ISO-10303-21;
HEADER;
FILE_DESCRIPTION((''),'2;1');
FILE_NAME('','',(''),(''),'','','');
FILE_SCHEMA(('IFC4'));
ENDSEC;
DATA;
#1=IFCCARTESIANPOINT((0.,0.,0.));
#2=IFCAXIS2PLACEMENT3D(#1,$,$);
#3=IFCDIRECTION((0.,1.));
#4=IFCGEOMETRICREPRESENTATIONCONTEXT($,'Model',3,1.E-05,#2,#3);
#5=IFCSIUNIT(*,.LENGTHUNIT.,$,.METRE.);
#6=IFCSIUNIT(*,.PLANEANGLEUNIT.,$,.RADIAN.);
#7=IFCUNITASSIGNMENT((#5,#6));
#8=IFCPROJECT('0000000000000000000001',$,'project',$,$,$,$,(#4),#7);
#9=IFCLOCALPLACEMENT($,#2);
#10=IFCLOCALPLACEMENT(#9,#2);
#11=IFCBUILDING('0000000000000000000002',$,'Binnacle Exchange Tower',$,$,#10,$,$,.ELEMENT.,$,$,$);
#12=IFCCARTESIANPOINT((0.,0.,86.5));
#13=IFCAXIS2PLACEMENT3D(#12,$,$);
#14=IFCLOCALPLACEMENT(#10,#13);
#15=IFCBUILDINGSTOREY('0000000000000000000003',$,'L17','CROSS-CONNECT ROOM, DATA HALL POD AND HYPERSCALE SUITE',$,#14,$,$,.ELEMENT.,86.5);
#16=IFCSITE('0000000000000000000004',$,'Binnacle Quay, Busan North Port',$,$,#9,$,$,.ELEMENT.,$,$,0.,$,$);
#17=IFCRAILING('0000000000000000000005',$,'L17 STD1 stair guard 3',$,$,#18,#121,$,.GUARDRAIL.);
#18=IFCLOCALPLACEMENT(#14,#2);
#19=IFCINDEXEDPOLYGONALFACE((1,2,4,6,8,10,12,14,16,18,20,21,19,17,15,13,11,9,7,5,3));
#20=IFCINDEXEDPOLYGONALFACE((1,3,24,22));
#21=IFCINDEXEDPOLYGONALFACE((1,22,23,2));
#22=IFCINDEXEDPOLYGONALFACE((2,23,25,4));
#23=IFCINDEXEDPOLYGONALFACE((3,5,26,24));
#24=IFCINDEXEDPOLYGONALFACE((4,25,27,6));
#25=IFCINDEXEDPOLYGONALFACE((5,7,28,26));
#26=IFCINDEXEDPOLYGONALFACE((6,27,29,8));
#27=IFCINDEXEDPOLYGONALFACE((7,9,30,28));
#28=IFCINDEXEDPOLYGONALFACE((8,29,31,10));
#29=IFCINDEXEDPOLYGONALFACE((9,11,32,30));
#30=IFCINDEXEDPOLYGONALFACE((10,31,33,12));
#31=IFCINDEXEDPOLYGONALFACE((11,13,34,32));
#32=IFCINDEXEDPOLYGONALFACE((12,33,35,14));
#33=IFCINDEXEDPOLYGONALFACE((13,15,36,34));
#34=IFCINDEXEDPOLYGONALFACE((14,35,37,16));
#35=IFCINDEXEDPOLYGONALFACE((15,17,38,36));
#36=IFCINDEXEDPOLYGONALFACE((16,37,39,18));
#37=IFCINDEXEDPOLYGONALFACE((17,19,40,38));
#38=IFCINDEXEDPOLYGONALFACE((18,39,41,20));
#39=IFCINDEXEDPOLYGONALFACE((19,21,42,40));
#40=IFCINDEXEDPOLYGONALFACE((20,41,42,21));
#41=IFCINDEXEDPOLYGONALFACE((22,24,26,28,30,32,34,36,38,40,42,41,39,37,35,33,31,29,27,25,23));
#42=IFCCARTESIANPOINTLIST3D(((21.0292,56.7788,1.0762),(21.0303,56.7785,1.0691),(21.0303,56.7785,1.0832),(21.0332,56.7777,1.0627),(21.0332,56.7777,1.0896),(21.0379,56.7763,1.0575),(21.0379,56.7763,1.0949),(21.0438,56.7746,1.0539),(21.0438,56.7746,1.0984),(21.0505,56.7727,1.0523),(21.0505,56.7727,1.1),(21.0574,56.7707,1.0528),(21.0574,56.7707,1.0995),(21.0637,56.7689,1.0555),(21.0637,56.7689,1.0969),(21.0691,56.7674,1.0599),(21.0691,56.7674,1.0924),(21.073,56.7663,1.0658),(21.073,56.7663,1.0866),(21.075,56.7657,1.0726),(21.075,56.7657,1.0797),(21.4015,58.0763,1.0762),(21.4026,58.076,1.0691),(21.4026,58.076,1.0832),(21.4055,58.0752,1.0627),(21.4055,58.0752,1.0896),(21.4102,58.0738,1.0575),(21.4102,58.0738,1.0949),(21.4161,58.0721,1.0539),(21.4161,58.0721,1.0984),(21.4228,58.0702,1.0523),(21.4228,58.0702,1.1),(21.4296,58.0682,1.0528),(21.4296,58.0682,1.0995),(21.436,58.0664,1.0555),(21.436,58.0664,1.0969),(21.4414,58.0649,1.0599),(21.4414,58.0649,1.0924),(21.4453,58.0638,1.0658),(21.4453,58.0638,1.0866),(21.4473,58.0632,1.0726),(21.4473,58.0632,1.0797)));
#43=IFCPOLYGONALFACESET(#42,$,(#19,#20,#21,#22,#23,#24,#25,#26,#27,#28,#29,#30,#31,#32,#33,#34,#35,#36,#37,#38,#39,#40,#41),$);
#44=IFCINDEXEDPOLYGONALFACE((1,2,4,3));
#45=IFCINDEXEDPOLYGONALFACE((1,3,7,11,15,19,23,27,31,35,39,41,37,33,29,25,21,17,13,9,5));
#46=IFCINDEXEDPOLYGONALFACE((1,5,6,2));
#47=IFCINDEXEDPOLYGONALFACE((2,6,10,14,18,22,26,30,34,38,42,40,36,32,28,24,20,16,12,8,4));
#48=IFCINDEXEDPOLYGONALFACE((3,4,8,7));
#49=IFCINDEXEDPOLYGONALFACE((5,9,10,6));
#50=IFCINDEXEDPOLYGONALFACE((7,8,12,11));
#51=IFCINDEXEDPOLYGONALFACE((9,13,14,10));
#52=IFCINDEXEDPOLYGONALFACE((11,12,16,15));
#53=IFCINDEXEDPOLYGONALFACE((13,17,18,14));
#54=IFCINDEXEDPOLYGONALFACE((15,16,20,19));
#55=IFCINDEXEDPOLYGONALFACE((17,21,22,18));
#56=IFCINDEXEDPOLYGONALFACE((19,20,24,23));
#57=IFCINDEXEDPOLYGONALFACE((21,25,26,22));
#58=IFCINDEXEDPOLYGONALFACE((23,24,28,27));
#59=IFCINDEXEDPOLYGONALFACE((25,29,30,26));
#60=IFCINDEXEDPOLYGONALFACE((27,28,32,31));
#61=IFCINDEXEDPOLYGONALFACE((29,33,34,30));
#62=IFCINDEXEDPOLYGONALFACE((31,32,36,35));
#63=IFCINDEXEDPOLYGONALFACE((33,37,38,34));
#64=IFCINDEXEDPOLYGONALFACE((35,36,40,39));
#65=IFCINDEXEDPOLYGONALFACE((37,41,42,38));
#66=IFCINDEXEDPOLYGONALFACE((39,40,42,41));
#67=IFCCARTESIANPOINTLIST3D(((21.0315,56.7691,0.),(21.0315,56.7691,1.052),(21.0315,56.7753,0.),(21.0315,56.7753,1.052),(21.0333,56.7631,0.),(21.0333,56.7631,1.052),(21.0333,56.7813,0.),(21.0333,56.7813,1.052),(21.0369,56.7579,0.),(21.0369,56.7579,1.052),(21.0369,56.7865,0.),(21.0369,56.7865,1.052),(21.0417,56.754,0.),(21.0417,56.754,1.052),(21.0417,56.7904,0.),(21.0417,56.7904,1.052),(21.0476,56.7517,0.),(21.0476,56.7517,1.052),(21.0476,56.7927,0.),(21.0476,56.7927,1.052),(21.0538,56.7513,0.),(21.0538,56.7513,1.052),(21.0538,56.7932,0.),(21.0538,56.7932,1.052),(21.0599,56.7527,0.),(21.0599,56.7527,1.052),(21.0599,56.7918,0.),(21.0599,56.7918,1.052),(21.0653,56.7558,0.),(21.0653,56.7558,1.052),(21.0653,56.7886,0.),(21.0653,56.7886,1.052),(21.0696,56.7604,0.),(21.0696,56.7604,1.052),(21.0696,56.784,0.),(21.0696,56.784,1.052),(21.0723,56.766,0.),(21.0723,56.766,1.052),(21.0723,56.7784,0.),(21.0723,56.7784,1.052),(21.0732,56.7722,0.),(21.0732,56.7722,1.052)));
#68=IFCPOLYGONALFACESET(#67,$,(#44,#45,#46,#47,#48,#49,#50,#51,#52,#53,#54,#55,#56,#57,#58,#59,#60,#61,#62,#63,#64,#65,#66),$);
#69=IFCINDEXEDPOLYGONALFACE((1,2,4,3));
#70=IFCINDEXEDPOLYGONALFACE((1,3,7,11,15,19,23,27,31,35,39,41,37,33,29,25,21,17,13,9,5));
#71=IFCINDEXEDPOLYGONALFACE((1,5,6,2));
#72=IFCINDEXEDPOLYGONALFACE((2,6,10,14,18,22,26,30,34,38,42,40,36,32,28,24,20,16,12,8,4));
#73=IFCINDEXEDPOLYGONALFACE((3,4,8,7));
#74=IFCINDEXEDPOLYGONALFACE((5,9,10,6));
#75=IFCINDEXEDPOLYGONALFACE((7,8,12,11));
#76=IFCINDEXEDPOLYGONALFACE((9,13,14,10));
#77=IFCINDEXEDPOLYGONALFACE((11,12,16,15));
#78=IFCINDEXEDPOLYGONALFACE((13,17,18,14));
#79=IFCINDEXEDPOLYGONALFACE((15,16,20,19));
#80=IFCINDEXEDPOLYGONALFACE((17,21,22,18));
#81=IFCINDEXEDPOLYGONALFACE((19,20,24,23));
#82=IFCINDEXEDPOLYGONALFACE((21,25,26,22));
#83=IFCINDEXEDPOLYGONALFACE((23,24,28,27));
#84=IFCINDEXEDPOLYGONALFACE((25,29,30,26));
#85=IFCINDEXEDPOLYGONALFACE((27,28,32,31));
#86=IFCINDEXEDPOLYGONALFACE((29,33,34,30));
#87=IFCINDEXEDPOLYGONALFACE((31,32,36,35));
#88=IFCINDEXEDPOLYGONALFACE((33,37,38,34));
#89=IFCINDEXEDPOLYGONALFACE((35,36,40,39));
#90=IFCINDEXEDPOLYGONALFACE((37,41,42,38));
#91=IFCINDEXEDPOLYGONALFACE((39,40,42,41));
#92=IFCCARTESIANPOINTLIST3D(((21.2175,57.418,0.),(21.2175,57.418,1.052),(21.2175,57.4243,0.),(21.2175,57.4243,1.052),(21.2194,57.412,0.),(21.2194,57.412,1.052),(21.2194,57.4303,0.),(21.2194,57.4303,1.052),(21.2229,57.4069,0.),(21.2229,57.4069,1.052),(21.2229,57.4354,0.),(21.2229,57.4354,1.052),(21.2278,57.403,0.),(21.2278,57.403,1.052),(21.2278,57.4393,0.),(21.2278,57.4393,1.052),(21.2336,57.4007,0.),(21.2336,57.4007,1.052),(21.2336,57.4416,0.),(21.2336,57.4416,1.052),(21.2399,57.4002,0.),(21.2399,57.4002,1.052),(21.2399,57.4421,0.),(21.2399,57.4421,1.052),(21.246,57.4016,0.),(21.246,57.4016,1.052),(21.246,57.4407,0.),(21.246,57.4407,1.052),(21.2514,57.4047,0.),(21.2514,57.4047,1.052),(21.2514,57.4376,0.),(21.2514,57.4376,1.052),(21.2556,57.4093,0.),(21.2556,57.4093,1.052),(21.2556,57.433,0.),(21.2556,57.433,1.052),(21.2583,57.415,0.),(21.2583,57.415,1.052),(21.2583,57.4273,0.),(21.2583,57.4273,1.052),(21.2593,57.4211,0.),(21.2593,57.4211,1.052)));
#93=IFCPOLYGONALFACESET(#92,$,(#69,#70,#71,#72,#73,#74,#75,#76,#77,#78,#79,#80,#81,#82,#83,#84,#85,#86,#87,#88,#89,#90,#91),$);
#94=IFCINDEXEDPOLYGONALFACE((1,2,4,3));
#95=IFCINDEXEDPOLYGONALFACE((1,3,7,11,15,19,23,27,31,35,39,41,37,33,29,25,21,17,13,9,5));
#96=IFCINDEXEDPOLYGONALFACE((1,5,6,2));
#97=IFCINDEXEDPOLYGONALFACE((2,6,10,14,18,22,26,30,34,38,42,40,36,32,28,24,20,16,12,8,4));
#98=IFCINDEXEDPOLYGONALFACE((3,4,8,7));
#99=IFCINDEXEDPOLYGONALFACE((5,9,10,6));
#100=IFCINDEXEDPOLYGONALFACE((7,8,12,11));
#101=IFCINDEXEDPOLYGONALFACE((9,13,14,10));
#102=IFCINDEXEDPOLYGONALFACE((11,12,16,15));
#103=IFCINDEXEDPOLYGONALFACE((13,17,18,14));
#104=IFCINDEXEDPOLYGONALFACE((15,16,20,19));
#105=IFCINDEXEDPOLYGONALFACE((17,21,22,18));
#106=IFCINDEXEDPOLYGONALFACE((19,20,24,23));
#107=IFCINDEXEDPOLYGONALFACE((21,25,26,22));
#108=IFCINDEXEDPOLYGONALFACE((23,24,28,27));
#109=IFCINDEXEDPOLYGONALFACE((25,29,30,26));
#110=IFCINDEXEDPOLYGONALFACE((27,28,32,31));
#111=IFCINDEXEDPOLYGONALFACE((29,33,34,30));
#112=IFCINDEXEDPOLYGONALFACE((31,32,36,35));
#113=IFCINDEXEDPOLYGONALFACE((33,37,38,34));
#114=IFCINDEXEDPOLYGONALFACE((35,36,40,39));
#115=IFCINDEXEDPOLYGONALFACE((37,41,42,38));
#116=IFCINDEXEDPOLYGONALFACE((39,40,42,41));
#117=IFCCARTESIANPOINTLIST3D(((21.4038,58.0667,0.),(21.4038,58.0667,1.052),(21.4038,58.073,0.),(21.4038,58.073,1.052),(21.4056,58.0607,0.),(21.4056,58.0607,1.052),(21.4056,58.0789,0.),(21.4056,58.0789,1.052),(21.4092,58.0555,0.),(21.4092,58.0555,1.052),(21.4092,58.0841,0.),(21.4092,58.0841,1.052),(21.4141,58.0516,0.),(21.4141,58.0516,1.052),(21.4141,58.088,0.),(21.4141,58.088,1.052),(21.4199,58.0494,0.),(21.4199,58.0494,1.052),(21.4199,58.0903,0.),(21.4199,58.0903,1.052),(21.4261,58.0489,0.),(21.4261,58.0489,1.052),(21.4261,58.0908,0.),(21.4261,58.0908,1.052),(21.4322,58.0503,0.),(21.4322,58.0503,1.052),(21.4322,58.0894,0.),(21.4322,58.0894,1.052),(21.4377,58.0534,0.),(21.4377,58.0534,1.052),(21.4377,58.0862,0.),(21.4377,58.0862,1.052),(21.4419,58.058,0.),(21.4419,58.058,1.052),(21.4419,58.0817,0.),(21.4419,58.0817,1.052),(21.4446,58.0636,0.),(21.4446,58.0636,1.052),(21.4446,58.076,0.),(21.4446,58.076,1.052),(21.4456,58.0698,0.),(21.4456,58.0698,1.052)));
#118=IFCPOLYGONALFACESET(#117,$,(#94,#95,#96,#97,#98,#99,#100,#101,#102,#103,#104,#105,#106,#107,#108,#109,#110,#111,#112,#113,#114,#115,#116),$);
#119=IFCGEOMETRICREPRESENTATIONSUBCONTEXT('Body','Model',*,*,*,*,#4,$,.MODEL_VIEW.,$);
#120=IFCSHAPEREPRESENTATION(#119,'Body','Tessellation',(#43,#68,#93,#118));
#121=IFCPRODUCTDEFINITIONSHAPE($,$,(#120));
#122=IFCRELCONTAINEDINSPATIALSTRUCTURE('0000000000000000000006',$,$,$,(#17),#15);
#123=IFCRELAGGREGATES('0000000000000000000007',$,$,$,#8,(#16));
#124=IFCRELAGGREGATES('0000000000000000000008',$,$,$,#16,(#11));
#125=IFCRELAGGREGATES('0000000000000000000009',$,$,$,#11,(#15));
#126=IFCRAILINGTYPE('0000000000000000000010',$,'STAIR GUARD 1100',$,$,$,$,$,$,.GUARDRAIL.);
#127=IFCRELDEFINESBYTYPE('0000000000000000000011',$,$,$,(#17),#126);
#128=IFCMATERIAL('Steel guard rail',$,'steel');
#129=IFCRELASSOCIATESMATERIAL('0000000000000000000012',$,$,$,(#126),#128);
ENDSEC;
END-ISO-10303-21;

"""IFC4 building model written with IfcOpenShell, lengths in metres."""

from ifc_helpers import new_model, si_unit, direction, frame, origin, origin_2d, place, context, subcontext, project, spatial, circle, extrude, material, type_object, element, save


model = new_model("IFC4")

# Units and contexts
model_context = context("Model", 3, precision=1e-05, world=origin(), true_north=direction((0.0, 1.0)))
body_context = subcontext(model_context, "Body", "Model", "MODEL_VIEW")
ifc_project = project(units=[si_unit("LENGTHUNIT", "METRE"), si_unit("PLANEANGLEUNIT", "RADIAN")], contexts=[model_context])

# Site, building, storey
site_placement = place(None, origin())
site = spatial("IfcSite", under=ifc_project, at=site_placement, Name="Binnacle Quay, Busan North Port", CompositionType="ELEMENT", RefElevation=0.0)
building_placement = place(site_placement, origin())
building = spatial("IfcBuilding", under=site, at=building_placement, Name="Binnacle Exchange Tower", CompositionType="ELEMENT")
storey_placement = place(building_placement, frame((0.0, 0.0, 86.5)))
storey = spatial("IfcBuildingStorey", under=building, at=storey_placement, Name="L17", Description="CROSS-CONNECT ROOM, DATA HALL POD AND HYPERSCALE SUITE", CompositionType="ELEMENT", Elevation=86.5)

# Railing
ifc_material_1 = material(Name="Steel guard rail", Category="steel")
railing_type_1 = type_object("IfcRailingType", Name="STAIR GUARD 1100", PredefinedType="GUARDRAIL", material=ifc_material_1)
railing_1_placement = place(storey_placement, frame((21.0522, 56.7722, 0.0)))
element("IfcRailing", 1, at=railing_1_placement, inside=storey, type_object=railing_type_1, Name="L17 STD1 stair guard 3", PredefinedType="GUARDRAIL", context=body_context, shape_type="SweptSolid", body=[
    extrude(circle(Radius=0.0239, at=origin_2d()), frame((0.0, 0.0, 1.0762), z_axis=(0.275796, 0.961216, 0.0), x_axis=(-0.961216, 0.275796, 0.0)), (0.0, 0.0, 1.0), 1.3499),
    extrude(circle(Radius=0.021, at=origin_2d()), origin(), (0.0, 0.0, 1.0), 1.052),
    extrude(circle(Radius=0.021, at=origin_2d()), frame((0.186, 0.6489, 0.0)), (0.0, 0.0, 1.0), 1.052),
    extrude(circle(Radius=0.021, at=origin_2d()), frame((0.3723, 1.2976, 0.0)), (0.0, 0.0, 1.0), 1.052),
])

save(model, "model.ifc")
